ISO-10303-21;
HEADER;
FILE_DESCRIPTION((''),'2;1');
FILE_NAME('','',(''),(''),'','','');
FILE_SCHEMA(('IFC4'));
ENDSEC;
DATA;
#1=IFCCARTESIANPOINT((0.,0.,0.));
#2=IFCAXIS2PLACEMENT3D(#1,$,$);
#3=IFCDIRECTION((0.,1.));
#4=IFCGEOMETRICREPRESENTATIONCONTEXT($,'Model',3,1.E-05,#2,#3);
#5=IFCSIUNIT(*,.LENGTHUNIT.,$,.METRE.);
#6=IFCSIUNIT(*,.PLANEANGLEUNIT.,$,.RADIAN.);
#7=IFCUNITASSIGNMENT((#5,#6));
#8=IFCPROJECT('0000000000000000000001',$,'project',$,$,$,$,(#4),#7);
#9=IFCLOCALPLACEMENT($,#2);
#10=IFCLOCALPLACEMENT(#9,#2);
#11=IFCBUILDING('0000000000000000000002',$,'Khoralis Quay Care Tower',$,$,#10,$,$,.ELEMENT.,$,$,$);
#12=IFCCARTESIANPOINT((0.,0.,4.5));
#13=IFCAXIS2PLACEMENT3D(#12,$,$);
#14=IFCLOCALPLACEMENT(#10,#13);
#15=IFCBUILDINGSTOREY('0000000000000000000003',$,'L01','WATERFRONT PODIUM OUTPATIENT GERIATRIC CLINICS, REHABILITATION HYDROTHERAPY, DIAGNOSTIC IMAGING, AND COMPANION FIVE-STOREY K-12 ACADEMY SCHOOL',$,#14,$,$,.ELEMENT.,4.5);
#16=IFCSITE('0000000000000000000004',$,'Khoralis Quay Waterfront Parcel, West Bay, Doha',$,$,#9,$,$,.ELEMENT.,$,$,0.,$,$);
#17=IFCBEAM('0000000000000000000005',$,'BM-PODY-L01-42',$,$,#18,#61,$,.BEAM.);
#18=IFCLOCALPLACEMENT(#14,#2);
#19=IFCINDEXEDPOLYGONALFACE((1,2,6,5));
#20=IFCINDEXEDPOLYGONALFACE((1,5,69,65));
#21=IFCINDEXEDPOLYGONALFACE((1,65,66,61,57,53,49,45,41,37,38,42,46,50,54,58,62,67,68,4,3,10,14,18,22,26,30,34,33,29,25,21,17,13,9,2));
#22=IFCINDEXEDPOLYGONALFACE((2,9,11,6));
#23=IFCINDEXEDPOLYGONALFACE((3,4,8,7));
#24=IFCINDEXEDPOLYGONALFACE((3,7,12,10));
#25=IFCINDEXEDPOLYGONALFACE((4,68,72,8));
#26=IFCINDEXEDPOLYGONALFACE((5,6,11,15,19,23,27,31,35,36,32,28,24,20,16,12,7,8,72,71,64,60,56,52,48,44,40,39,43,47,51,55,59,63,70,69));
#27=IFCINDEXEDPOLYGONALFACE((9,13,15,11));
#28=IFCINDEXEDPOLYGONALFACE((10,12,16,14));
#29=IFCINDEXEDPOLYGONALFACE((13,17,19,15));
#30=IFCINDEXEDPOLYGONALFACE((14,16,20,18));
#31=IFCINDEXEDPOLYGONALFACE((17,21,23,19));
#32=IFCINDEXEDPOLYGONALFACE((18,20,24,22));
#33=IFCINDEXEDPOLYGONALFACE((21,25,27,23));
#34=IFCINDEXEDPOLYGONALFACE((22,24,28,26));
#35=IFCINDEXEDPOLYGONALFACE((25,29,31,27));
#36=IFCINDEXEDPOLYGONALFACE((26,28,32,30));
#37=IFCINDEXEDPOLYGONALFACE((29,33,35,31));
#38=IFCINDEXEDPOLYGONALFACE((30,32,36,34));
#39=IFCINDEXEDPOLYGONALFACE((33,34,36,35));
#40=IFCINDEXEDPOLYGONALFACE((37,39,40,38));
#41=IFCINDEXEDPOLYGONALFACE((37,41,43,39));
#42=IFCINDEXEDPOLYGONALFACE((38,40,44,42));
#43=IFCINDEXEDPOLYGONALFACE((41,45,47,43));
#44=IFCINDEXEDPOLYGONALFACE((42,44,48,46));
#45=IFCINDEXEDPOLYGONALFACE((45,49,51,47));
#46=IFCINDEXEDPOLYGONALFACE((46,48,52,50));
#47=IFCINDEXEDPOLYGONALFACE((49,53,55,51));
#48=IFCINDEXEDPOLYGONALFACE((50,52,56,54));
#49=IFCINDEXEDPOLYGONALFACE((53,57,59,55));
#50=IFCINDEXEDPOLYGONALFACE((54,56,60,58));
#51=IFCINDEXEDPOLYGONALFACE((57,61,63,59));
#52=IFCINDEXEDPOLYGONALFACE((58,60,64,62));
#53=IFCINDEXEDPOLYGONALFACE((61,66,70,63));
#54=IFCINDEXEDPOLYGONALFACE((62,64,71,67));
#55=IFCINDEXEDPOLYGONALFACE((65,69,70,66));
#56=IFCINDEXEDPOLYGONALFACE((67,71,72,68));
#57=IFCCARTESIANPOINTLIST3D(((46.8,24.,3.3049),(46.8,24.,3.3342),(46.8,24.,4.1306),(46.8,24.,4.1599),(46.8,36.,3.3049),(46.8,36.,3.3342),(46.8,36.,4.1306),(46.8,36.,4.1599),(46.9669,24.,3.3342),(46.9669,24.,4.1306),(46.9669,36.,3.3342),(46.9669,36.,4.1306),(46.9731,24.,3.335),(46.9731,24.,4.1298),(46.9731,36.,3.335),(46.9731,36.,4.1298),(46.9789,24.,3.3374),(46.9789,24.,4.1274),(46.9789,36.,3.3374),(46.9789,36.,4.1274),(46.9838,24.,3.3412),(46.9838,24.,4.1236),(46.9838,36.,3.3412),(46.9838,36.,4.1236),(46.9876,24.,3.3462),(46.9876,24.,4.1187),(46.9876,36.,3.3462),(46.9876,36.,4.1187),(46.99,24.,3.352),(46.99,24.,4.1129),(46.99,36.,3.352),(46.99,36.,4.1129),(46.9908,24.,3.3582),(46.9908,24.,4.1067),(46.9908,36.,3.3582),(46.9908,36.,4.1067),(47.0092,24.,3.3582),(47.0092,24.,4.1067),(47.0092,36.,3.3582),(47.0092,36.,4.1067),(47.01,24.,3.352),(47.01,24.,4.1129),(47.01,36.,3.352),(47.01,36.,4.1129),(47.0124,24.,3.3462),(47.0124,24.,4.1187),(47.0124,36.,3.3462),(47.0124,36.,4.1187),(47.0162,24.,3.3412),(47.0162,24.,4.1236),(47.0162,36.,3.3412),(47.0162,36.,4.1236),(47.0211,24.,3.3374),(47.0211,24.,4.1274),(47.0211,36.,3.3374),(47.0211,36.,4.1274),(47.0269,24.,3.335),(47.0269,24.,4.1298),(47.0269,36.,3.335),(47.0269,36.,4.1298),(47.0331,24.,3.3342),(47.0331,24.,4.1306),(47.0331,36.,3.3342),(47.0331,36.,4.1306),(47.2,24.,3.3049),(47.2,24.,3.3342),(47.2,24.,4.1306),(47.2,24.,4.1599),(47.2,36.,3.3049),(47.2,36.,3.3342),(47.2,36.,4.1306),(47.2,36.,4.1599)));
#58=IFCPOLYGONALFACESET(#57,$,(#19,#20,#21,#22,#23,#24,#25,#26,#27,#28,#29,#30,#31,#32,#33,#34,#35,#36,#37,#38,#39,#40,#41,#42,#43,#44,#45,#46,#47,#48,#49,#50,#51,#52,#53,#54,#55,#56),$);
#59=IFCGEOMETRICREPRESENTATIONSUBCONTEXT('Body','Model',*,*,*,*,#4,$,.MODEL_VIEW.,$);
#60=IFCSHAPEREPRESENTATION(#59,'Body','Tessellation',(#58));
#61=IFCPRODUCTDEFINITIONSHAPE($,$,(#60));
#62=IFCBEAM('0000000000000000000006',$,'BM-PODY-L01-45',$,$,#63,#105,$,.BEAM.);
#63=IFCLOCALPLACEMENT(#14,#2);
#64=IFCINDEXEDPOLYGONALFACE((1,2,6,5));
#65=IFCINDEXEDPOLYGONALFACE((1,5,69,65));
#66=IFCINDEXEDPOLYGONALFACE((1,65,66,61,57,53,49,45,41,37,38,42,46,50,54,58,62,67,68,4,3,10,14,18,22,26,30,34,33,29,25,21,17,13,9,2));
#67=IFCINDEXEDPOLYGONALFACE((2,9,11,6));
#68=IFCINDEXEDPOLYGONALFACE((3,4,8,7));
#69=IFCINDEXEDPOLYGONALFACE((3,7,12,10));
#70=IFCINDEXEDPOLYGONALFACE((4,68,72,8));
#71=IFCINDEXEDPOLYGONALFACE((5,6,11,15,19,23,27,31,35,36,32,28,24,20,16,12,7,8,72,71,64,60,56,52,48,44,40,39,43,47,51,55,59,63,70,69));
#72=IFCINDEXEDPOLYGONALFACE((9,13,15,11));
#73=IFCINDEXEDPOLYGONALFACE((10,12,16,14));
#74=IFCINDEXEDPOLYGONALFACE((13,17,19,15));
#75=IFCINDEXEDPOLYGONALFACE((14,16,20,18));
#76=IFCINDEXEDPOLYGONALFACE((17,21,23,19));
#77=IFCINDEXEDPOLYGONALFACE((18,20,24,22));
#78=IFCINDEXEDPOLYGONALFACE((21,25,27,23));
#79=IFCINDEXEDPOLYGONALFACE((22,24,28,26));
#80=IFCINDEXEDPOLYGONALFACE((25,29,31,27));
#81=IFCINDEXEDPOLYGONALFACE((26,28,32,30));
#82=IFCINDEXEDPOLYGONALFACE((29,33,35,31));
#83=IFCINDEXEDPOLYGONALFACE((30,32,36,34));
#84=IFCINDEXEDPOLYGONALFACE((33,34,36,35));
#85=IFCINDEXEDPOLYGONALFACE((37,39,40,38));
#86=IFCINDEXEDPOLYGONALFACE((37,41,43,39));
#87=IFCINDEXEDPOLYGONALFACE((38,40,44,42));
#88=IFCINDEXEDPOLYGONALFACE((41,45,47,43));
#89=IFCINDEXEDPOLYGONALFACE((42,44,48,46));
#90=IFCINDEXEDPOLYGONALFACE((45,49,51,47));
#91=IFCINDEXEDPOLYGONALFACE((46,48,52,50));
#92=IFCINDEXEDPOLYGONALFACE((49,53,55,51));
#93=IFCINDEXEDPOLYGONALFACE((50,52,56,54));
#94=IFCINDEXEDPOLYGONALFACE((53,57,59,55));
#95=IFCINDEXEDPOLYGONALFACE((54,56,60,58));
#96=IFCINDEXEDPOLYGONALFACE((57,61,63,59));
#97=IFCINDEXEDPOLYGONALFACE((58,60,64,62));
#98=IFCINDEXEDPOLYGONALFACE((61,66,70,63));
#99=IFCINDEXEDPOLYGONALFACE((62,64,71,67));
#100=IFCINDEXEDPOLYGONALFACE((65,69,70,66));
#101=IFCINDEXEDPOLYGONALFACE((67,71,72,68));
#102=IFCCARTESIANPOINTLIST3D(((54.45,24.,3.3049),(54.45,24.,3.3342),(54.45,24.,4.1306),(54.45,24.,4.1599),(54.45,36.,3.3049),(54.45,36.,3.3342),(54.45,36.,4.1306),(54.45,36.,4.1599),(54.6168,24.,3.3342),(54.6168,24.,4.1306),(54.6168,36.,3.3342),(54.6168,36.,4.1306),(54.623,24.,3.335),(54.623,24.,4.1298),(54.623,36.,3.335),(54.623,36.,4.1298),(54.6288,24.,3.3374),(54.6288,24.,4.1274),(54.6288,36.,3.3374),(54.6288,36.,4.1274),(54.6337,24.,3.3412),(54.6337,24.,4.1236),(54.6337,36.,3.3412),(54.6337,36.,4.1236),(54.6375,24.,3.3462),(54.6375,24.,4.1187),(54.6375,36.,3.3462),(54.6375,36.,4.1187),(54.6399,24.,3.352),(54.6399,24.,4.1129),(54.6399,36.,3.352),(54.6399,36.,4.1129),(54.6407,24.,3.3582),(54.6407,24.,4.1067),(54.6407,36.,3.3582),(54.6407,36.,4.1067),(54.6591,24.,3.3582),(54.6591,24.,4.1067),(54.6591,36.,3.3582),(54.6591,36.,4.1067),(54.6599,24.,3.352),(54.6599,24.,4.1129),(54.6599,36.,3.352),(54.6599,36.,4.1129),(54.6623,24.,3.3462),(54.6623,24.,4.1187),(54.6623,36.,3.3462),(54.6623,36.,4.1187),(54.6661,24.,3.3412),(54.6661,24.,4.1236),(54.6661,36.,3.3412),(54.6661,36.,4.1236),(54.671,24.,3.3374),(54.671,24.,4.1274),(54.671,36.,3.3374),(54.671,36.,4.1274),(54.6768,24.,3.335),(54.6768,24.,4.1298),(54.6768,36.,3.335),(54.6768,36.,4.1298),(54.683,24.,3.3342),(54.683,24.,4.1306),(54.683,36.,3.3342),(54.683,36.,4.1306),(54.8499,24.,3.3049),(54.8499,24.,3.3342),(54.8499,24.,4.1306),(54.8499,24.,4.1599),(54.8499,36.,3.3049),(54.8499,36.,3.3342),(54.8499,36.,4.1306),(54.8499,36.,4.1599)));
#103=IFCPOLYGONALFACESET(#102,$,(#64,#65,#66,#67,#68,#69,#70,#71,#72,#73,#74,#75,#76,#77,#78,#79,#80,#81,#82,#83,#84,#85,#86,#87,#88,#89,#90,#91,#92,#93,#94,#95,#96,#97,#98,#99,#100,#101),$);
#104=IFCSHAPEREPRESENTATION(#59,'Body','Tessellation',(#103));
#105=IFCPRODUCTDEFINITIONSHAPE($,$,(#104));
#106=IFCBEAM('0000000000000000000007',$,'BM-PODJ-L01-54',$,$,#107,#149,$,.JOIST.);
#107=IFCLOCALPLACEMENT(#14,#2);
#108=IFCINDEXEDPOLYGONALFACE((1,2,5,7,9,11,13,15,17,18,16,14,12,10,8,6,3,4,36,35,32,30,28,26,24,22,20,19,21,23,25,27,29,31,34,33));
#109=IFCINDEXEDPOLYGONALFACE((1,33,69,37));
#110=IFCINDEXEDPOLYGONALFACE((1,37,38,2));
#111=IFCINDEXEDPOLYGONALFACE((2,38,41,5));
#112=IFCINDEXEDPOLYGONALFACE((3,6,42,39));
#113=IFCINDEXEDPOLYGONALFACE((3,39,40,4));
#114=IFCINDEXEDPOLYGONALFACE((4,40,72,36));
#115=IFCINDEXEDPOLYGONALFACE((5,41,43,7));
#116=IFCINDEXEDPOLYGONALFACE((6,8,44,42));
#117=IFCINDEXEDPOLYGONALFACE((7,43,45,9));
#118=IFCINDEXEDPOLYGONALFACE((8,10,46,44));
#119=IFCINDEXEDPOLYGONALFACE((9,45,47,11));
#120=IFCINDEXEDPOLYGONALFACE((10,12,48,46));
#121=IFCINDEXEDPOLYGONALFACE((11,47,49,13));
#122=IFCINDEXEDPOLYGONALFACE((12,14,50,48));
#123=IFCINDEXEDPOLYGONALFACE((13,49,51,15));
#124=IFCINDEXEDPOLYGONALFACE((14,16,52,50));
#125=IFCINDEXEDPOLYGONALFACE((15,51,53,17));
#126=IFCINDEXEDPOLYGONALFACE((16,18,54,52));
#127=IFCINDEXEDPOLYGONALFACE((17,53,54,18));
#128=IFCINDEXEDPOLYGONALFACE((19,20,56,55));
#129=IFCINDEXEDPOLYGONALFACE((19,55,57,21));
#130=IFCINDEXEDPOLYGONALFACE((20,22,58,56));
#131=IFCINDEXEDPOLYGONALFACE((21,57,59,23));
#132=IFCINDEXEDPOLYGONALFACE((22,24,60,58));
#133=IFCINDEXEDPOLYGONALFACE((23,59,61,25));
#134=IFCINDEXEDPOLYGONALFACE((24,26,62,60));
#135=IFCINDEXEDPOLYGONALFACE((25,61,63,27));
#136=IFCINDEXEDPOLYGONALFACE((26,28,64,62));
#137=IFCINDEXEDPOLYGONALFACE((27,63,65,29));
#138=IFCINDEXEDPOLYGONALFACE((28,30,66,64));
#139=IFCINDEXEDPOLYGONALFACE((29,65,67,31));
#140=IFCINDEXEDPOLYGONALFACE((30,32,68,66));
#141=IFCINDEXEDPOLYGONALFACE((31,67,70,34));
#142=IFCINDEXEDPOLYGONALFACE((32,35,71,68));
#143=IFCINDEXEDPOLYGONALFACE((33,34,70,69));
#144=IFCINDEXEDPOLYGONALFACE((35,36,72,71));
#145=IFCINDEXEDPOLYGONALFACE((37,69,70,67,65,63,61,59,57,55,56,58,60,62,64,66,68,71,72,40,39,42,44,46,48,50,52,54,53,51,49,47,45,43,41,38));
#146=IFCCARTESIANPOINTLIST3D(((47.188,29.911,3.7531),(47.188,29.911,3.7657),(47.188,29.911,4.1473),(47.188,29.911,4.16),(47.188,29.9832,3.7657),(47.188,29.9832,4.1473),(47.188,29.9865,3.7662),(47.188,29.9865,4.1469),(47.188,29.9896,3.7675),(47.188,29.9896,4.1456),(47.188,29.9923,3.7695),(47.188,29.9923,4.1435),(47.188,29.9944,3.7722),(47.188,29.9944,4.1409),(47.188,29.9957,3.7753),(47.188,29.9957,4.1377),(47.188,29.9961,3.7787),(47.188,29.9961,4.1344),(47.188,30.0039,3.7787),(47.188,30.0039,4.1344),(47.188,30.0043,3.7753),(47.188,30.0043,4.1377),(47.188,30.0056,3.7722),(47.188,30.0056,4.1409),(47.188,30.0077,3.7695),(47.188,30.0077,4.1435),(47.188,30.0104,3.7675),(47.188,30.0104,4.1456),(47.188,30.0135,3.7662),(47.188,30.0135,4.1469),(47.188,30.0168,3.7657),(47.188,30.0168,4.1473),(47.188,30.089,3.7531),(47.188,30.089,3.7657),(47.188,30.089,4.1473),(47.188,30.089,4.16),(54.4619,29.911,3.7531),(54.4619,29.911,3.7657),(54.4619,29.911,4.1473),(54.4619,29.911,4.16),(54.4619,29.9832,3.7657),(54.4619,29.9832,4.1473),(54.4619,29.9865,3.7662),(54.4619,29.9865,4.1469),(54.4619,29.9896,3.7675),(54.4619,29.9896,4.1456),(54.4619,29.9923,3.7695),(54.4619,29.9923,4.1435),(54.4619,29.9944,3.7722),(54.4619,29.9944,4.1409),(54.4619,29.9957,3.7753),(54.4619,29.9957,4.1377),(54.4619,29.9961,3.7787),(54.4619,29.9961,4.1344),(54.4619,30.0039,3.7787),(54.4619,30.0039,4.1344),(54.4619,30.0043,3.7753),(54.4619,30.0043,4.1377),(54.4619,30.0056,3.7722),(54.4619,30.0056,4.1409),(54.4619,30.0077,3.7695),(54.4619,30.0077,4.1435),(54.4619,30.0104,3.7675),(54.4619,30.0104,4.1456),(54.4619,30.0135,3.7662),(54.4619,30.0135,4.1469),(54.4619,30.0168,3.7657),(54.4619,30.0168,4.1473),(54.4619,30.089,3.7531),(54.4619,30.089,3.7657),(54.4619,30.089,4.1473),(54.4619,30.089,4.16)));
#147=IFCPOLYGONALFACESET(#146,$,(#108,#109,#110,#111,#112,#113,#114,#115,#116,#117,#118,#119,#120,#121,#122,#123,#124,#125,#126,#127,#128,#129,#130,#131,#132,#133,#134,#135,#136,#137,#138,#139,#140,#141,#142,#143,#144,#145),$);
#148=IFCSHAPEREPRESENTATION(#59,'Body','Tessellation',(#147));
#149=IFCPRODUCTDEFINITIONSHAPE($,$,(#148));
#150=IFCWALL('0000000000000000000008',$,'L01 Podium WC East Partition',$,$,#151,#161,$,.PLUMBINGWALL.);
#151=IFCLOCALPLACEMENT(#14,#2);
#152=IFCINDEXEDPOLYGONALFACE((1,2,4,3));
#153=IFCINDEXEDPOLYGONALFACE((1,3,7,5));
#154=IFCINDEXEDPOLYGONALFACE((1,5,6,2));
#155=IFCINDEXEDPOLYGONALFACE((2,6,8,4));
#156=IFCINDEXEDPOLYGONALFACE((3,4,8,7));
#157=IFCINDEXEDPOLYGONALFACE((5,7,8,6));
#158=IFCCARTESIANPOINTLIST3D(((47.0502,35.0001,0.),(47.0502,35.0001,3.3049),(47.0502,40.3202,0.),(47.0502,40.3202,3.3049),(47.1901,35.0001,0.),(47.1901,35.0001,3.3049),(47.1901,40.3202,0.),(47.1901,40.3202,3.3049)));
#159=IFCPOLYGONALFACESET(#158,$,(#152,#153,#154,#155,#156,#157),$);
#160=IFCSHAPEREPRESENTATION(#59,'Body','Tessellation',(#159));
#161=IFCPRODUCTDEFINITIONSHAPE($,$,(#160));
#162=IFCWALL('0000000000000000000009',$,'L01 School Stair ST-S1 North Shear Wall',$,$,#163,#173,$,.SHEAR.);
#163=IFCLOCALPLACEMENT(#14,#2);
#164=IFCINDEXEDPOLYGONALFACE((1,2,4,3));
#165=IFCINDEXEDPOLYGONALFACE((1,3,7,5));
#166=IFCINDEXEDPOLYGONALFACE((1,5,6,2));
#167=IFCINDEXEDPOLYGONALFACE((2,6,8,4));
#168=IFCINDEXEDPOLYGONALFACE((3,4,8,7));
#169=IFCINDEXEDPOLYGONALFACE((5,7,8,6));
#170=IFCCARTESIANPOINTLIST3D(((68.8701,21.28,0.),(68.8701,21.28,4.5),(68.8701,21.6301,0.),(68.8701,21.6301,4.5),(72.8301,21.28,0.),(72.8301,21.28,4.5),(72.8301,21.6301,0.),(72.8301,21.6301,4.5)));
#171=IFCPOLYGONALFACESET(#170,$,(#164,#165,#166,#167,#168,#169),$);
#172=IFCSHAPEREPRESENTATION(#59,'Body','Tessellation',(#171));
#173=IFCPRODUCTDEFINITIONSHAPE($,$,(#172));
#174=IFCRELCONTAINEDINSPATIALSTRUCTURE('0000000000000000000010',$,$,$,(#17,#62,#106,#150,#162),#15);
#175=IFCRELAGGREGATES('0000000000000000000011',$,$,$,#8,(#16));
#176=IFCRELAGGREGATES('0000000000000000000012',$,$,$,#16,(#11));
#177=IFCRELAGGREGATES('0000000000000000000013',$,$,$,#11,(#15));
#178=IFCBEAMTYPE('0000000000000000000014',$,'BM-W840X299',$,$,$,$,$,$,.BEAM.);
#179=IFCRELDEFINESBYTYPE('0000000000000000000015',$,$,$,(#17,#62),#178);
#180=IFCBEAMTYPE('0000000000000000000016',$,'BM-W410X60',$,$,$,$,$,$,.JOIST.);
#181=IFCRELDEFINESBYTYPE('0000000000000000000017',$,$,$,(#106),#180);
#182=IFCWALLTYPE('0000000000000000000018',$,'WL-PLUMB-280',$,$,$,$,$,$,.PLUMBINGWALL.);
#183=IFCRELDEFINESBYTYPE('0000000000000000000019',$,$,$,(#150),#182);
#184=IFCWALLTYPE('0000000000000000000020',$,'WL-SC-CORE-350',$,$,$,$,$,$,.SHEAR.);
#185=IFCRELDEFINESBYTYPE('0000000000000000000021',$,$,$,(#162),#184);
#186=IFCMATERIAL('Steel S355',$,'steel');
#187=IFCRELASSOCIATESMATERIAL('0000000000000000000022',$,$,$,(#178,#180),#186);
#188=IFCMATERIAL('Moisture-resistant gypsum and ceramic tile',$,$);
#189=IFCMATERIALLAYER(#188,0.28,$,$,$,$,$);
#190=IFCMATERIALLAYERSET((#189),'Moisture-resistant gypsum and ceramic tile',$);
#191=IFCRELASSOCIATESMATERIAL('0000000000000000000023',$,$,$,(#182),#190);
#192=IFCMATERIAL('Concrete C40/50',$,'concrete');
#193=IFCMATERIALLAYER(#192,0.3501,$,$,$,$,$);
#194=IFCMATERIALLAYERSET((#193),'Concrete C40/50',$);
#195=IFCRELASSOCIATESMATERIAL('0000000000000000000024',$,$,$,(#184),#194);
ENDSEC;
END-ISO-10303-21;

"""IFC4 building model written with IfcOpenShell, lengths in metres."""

from ifc_helpers import new_model, si_unit, direction, frame, frame_2d, origin, origin_2d, place, context, subcontext, project, spatial, rectangle, i_section, extrude, source, transform, mapped, material, layer, layer_set, material_profile, profile_set, type_object, element, save


model = new_model("IFC4")

# Units and contexts
model_context = context("Model", 3, precision=1e-05, world=origin(), true_north=direction((0.0, 1.0)))
body_context = subcontext(model_context, "Body", "Model", "MODEL_VIEW")
ifc_project = project(units=[si_unit("LENGTHUNIT", "METRE"), si_unit("PLANEANGLEUNIT", "RADIAN")], contexts=[model_context])

# Site, building, storey
site_placement = place(None, origin())
site = spatial("IfcSite", under=ifc_project, at=site_placement, Name="Khoralis Quay Waterfront Parcel, West Bay, Doha", CompositionType="ELEMENT", RefElevation=0.0)
building_placement = place(site_placement, origin())
building = spatial("IfcBuilding", under=site, at=building_placement, Name="Khoralis Quay Care Tower", CompositionType="ELEMENT")
storey_placement = place(building_placement, frame((0.0, 0.0, 4.5)))
storey = spatial("IfcBuildingStorey", under=building, at=storey_placement, Name="L01", Description="WATERFRONT PODIUM OUTPATIENT GERIATRIC CLINICS, REHABILITATION HYDROTHERAPY, DIAGNOSTIC IMAGING, AND COMPANION FIVE-STOREY K-12 ACADEMY SCHOOL", CompositionType="ELEMENT", Elevation=4.5)

# Shared definitions
ifc_material_1 = material(Name="Concrete C40/50", Category="concrete")

# Beams
ifc_material_2 = material(Name="Steel S355", Category="steel")
ifc_material_profile_1 = material_profile(ifc_material_2, i_section(OverallWidth=0.3999, OverallDepth=0.855, WebThickness=0.0183, FlangeThickness=0.0293, FilletRadius=0.0239, at=origin_2d()), Name="Steel S355")
ifc_profile_set_1 = profile_set([ifc_material_profile_1], Name="Steel S355")
beam_type_1 = type_object("IfcBeamType", Name="BM-W840X299", PredefinedType="BEAM", material=ifc_profile_set_1)
shared_shape_1 = source(origin(), body_context, "Body", "SweptSolid", [
    extrude(i_section(OverallWidth=0.3999, OverallDepth=0.855, WebThickness=0.0183, FlangeThickness=0.0293, FilletRadius=0.0239, at=origin_2d()), origin(), (0.0, 0.0, 1.0), 12.0),
])
for number, where, z_axis, x_axis, name in (
    (1, (47.0, 24.0, 3.7324), (0.0, 1.0, 0.0), (-1.0, 0.0, 0.0), "BM-PODY-L01-42"),
    (2, (54.6499, 24.0, 3.7324), (0.0, 1.0, 0.0), (-1.0, 0.0, 0.0), "BM-PODY-L01-45"),
):
    element("IfcBeam", number, at=place(storey_placement, frame(where, z_axis=z_axis, x_axis=x_axis)), inside=storey, type_object=beam_type_1, Name=name, PredefinedType="BEAM", context=body_context, shape_type="MappedRepresentation", body=[
        mapped(shared_shape_1, transform((0.0, 0.0, 0.0), scale=1.0)),
    ])
ifc_material_profile_2 = material_profile(ifc_material_2, i_section(OverallWidth=0.178, OverallDepth=0.407, WebThickness=0.0078, FlangeThickness=0.0127, FilletRadius=0.0129, at=origin_2d()), Name="Steel S355")
ifc_profile_set_2 = profile_set([ifc_material_profile_2], Name="Steel S355")
beam_type_2 = type_object("IfcBeamType", Name="BM-W410X60", PredefinedType="JOIST", material=ifc_profile_set_2)
shared_shape_2 = source(origin(), body_context, "Body", "SweptSolid", [
    extrude(i_section(OverallWidth=0.178, OverallDepth=0.407, WebThickness=0.0078, FlangeThickness=0.0127, FilletRadius=0.0129, at=origin_2d()), origin(), (0.0, 0.0, 1.0), 7.2739),
])
beam_1_placement = place(storey_placement, frame((47.188, 30.0, 3.9565), z_axis=(1.0, 0.0, 0.0), x_axis=(0.0, 1.0, 0.0)))
element("IfcBeam", 3, at=beam_1_placement, inside=storey, type_object=beam_type_2, Name="BM-PODJ-L01-54", PredefinedType="JOIST", context=body_context, shape_type="MappedRepresentation", body=[
    mapped(shared_shape_2, transform((0.0, 0.0, 0.0), scale=1.0)),
])

# Walls
ifc_material_3 = material(Name="Moisture-resistant gypsum and ceramic tile")
ifc_layer_1 = layer(ifc_material_3, 0.28)
ifc_layer_set_1 = layer_set([ifc_layer_1], Name="Moisture-resistant gypsum and ceramic tile")
wall_type_1 = type_object("IfcWallType", Name="WL-PLUMB-280", PredefinedType="PLUMBINGWALL", material=ifc_layer_set_1)
wall_1_placement = place(storey_placement, frame((47.1201, 35.0, 0.0), z_axis=(0.0, 0.0, 1.0), x_axis=(0.0, 1.0, 0.0)))
element("IfcWall", 4, at=wall_1_placement, inside=storey, type_object=wall_type_1, Name="L01 Podium WC East Partition", PredefinedType="PLUMBINGWALL", context=body_context, shape_type="SweptSolid", body=[
    extrude(rectangle(XDim=5.3201, YDim=0.1399, at=frame_2d((2.6602, 0.0))), origin(), (0.0, 0.0, 1.0), 3.3049),
])
ifc_layer_2 = layer(ifc_material_1, 0.3501)
ifc_layer_set_2 = layer_set([ifc_layer_2], Name="Concrete C40/50")
wall_type_2 = type_object("IfcWallType", Name="WL-SC-CORE-350", PredefinedType="SHEAR", material=ifc_layer_set_2)
wall_2_placement = place(storey_placement, frame((68.8701, 21.4551, 0.0), z_axis=(0.0, 0.0, 1.0), x_axis=(1.0, 0.0, 0.0)))
element("IfcWall", 5, at=wall_2_placement, inside=storey, type_object=wall_type_2, Name="L01 School Stair ST-S1 North Shear Wall", PredefinedType="SHEAR", context=body_context, shape_type="SweptSolid", body=[
    extrude(rectangle(XDim=3.96, YDim=0.3501, at=frame_2d((1.98, 0.0))), origin(), (0.0, 0.0, 1.0), 4.5),
])

save(model, "model.ifc")
